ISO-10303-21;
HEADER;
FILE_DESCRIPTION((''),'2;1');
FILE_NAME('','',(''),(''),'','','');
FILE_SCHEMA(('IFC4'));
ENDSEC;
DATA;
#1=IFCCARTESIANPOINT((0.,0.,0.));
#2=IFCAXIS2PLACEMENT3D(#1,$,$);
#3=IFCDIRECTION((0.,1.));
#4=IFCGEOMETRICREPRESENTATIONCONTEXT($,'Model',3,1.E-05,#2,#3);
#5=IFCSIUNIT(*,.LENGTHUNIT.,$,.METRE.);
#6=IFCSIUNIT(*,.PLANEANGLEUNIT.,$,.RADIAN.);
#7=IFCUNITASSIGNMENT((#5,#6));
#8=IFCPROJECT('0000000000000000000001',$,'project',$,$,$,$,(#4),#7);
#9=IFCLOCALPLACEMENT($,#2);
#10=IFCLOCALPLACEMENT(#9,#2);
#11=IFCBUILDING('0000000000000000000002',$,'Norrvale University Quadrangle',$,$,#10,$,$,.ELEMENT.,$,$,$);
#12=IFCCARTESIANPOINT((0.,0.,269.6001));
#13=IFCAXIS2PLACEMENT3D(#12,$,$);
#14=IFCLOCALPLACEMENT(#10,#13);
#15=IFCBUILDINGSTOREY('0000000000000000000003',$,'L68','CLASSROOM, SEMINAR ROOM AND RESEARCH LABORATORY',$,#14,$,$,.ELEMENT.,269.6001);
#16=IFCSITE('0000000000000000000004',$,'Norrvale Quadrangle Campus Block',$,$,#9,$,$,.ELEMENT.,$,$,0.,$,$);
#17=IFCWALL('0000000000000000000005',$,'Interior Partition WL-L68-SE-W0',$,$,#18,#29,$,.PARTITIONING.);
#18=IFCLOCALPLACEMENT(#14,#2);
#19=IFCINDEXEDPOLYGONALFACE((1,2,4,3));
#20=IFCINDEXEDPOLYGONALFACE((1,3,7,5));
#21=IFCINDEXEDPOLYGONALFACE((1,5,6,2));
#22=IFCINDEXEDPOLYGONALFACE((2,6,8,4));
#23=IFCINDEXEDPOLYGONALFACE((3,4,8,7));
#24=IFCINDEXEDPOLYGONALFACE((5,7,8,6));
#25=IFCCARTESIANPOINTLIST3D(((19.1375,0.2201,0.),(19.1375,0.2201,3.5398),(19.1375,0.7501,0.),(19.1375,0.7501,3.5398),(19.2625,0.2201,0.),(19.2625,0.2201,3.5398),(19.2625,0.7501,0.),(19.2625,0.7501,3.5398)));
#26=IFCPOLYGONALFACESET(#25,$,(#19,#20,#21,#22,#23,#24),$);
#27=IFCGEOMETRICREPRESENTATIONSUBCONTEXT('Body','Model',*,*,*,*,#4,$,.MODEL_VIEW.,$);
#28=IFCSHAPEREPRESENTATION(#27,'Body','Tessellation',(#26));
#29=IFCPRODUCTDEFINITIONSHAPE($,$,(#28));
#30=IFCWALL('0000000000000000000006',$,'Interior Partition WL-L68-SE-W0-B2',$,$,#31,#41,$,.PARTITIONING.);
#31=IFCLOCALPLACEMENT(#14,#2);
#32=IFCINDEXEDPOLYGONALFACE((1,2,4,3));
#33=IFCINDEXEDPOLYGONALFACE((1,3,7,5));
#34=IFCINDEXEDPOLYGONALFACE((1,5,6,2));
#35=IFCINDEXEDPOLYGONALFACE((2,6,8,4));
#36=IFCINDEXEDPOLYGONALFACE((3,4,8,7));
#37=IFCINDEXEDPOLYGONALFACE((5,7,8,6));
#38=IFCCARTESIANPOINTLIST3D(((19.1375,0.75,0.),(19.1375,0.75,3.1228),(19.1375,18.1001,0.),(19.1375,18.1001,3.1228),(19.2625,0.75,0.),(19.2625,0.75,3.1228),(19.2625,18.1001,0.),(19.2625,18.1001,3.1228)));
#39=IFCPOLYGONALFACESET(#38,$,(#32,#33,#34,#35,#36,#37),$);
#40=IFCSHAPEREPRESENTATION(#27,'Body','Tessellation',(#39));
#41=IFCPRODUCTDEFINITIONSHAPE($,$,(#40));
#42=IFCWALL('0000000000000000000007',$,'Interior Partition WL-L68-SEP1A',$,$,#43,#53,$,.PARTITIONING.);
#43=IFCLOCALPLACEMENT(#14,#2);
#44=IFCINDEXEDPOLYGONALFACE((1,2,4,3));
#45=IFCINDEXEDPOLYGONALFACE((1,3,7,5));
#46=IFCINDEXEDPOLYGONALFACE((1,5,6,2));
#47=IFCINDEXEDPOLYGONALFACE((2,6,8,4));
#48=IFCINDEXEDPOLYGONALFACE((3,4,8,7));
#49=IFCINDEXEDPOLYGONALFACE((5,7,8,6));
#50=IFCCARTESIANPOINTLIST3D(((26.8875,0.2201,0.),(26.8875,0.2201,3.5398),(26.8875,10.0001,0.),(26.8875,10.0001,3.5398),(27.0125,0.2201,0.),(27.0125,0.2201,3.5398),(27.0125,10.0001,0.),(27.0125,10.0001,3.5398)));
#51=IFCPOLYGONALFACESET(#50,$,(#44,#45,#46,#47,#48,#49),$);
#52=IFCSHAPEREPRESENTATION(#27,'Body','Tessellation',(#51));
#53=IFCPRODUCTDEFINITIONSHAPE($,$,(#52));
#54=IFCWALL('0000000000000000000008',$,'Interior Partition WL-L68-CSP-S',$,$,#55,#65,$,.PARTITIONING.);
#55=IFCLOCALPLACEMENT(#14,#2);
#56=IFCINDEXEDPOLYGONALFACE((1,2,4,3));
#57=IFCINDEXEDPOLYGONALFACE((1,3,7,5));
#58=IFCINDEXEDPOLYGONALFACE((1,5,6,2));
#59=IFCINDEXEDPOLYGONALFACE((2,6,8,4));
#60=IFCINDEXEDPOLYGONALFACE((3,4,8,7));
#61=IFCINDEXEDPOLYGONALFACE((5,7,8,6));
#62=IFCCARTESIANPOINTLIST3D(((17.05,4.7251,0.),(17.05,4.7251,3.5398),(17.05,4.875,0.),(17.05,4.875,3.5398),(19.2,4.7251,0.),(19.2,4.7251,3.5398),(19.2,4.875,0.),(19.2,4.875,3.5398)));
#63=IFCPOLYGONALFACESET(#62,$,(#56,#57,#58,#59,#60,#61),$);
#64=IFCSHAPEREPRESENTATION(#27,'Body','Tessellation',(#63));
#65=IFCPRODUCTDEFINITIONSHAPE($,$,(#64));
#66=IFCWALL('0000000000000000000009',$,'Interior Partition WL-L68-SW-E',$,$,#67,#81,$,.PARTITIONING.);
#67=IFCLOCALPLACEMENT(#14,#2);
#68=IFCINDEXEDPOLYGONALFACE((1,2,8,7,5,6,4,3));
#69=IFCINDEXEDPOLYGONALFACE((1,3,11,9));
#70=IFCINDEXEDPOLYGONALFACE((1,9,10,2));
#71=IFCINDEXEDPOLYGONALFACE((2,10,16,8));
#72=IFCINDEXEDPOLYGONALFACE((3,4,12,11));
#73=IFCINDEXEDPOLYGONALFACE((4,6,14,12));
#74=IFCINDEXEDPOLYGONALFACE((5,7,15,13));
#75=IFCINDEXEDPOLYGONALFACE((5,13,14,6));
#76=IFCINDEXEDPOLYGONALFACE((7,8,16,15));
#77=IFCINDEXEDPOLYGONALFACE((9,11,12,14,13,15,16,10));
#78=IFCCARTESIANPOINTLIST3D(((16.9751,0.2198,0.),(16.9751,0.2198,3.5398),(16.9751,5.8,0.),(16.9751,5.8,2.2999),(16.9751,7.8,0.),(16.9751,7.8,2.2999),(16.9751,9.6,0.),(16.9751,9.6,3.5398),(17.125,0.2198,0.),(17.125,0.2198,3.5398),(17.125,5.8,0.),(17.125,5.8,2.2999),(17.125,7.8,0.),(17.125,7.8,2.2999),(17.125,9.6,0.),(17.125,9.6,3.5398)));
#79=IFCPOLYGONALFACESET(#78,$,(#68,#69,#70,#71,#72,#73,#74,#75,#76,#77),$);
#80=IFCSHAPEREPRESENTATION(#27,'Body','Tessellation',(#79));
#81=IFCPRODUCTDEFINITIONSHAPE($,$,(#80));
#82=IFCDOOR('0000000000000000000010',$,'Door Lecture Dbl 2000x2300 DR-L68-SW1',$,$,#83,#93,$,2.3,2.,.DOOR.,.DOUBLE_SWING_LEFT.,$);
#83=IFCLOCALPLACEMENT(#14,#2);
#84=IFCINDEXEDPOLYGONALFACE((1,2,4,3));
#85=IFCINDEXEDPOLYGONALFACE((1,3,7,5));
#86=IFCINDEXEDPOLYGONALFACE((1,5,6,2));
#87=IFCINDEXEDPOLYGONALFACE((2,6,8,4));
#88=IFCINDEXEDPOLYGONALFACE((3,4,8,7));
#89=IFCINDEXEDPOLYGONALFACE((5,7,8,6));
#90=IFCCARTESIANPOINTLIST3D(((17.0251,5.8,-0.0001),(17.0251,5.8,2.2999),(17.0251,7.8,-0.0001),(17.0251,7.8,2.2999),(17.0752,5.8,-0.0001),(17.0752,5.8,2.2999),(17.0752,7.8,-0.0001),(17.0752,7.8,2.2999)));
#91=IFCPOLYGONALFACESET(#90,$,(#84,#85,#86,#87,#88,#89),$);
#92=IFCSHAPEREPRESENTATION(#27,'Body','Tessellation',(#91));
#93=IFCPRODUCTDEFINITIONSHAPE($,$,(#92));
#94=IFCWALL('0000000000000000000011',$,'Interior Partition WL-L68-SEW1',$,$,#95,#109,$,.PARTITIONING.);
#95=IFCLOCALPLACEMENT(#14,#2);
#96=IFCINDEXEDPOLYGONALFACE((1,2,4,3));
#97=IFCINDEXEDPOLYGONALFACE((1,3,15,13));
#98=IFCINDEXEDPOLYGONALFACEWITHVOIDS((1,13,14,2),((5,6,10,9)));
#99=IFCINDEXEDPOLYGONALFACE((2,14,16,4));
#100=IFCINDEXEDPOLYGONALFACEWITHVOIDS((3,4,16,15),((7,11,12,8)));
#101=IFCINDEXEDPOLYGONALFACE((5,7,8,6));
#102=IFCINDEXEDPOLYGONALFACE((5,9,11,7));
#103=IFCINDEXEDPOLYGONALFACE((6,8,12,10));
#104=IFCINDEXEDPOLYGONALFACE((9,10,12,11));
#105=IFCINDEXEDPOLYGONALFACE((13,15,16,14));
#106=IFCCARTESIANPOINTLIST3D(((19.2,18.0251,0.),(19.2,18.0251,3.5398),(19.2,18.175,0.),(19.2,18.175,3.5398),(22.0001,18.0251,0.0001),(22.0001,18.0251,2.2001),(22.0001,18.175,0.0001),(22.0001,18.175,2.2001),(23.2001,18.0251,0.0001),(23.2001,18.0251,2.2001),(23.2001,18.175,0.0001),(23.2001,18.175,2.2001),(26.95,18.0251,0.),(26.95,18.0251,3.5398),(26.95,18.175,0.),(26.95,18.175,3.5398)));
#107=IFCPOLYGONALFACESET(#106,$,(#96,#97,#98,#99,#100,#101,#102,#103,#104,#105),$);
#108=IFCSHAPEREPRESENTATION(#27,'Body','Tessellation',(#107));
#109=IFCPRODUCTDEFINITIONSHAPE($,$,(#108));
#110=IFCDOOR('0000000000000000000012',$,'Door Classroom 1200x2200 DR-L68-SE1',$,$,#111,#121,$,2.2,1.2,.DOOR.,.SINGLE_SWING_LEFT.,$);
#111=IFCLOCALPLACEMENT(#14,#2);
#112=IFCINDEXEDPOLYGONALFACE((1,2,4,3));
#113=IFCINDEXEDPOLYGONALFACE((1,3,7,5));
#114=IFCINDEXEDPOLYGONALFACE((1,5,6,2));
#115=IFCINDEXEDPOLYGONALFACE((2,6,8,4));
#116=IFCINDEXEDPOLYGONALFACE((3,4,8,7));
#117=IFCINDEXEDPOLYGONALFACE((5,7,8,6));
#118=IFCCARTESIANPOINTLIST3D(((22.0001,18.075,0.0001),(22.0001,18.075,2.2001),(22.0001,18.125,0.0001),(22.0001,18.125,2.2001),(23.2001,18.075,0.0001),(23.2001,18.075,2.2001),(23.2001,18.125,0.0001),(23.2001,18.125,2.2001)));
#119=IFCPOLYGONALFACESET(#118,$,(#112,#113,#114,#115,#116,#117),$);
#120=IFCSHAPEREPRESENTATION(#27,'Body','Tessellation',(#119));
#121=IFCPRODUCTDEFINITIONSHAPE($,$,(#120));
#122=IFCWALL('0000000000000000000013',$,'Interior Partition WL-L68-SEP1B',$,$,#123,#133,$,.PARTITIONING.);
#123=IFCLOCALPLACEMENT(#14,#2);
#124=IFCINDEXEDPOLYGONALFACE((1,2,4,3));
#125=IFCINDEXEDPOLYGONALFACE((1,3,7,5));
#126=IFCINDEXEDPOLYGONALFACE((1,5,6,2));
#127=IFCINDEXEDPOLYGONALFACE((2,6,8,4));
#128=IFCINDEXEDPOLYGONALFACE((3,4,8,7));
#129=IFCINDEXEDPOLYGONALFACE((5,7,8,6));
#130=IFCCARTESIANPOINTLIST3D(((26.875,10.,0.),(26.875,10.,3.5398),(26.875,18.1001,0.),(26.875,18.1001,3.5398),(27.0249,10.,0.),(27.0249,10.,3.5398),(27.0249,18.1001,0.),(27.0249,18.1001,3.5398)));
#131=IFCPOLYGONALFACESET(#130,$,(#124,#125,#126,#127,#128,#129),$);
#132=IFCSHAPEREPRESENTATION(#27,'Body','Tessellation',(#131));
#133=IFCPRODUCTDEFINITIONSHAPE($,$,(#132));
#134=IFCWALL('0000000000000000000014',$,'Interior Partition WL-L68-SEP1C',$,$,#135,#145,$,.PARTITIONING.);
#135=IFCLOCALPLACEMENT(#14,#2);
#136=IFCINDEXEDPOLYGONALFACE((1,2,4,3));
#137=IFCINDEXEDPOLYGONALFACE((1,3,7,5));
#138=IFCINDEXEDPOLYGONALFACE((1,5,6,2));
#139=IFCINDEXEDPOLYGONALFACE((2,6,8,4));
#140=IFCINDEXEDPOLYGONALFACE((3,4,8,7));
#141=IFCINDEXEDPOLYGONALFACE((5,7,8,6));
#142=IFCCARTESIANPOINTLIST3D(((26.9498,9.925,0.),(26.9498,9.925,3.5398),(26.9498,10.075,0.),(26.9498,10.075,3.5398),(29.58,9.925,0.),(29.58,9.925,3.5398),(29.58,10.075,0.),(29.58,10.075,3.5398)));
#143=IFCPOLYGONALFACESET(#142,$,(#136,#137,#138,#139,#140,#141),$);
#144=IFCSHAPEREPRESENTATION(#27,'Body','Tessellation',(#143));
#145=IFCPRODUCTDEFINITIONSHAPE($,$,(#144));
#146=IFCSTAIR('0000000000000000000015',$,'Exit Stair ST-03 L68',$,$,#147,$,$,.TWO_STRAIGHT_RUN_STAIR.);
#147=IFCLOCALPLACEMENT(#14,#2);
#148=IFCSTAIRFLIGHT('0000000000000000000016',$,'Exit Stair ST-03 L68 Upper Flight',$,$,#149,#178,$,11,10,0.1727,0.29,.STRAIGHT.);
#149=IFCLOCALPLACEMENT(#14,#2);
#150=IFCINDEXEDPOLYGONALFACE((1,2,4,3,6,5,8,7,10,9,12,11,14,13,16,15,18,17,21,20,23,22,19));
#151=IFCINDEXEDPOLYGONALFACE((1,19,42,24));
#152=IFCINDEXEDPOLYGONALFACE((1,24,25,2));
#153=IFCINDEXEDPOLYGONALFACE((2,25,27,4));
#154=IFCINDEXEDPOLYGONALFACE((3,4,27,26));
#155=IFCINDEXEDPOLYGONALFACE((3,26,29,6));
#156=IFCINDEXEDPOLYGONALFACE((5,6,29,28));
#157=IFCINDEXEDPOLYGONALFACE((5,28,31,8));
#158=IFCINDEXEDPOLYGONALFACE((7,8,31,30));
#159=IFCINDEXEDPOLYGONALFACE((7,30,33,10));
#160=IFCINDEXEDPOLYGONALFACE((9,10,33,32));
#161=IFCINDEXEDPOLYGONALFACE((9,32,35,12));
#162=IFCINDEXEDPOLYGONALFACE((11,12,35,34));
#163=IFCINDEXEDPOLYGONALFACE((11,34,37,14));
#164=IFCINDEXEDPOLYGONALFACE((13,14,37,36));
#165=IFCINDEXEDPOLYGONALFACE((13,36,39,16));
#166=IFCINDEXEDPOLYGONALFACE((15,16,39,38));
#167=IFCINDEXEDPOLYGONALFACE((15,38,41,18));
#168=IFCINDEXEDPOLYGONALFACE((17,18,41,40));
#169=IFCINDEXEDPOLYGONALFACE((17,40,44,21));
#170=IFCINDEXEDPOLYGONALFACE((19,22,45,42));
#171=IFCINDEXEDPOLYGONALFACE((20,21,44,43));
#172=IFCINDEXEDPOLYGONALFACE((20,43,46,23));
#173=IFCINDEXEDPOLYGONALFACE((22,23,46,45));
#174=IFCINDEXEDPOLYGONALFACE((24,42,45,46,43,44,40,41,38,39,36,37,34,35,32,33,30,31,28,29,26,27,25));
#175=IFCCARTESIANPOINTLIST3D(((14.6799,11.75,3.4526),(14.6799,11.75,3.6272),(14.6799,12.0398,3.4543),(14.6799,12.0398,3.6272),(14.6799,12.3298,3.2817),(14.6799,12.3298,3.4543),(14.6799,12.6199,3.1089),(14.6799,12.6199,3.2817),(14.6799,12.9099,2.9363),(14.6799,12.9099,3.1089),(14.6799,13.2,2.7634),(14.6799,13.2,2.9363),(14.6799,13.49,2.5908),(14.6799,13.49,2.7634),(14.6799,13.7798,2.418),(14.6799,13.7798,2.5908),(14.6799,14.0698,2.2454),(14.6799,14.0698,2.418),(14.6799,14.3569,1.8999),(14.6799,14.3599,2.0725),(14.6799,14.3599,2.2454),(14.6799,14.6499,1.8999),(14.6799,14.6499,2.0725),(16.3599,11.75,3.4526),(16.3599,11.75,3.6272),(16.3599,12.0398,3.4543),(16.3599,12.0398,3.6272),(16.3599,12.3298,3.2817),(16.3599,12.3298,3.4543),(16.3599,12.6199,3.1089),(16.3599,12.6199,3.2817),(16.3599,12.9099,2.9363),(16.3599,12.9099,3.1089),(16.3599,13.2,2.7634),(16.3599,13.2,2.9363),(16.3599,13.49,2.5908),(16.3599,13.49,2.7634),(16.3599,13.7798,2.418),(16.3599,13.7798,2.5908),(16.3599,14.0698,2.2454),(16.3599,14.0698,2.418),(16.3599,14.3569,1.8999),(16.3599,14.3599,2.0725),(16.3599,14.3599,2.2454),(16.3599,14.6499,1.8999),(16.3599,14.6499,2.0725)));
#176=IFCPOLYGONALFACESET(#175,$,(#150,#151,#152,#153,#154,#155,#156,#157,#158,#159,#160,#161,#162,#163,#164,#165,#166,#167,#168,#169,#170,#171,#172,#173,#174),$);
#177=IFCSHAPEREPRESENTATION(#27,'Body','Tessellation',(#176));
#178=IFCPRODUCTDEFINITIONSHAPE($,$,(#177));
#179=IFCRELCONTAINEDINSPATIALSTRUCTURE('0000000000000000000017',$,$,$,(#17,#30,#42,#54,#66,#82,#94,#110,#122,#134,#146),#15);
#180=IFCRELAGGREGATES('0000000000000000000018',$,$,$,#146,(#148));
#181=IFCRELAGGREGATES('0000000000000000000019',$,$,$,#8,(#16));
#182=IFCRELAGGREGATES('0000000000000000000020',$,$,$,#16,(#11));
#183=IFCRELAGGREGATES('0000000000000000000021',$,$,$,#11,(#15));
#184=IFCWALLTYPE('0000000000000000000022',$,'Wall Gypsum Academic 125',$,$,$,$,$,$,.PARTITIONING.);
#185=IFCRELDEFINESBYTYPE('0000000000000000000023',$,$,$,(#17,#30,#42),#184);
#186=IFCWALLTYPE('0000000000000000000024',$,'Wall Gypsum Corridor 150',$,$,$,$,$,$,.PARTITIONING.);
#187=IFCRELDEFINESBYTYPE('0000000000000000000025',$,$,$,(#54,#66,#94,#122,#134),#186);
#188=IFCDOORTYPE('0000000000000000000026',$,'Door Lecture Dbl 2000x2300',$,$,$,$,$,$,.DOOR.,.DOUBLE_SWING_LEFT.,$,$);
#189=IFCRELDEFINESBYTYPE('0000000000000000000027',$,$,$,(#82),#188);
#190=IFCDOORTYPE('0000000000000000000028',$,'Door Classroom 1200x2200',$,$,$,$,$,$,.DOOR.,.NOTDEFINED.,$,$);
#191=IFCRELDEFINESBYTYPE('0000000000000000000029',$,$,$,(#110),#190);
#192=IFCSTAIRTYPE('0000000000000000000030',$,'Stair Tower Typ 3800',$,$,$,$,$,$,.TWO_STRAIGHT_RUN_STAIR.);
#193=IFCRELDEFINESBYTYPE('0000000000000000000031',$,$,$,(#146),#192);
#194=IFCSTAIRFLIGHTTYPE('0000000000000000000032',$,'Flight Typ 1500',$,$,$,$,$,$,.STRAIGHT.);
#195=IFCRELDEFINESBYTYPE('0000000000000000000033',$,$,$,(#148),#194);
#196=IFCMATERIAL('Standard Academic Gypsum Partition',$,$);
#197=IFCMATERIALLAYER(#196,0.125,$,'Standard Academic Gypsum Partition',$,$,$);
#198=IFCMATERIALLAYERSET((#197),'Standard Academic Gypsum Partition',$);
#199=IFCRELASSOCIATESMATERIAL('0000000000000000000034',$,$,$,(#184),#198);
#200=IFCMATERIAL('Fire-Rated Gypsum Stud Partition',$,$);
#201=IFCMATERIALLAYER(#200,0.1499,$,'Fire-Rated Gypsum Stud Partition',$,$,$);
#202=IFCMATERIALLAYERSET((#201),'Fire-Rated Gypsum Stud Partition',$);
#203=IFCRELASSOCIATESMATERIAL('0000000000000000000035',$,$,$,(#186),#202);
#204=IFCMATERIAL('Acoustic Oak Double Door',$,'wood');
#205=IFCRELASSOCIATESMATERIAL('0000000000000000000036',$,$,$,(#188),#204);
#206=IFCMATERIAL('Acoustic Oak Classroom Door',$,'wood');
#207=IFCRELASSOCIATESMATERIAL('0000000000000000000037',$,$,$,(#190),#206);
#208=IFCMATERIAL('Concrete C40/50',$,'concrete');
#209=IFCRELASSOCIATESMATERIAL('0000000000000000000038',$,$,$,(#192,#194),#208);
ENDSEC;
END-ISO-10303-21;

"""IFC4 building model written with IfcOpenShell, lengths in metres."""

from ifc_helpers import new_model, si_unit, direction, frame, frame_2d, origin, place, context, subcontext, project, spatial, polyline, rectangle, outline, extrude, material, layer, layer_set, type_object, element, fill, aggregate, save


model = new_model("IFC4")

# Units and contexts
model_context = context("Model", 3, precision=1e-05, world=origin(), true_north=direction((0.0, 1.0)))
body_context = subcontext(model_context, "Body", "Model", "MODEL_VIEW")
ifc_project = project(units=[si_unit("LENGTHUNIT", "METRE"), si_unit("PLANEANGLEUNIT", "RADIAN")], contexts=[model_context])

# Site, building, storey
site_placement = place(None, origin())
site = spatial("IfcSite", under=ifc_project, at=site_placement, Name="Norrvale Quadrangle Campus Block", CompositionType="ELEMENT", RefElevation=0.0)
building_placement = place(site_placement, origin())
building = spatial("IfcBuilding", under=site, at=building_placement, Name="Norrvale University Quadrangle", CompositionType="ELEMENT")
storey_placement = place(building_placement, frame((0.0, 0.0, 269.6001)))
storey = spatial("IfcBuildingStorey", under=building, at=storey_placement, Name="L68", Description="CLASSROOM, SEMINAR ROOM AND RESEARCH LABORATORY", CompositionType="ELEMENT", Elevation=269.6001)

# Walls
ifc_material_1 = material(Name="Standard Academic Gypsum Partition")
ifc_layer_1 = layer(ifc_material_1, 0.125, Name="Standard Academic Gypsum Partition")
ifc_layer_set_1 = layer_set([ifc_layer_1], Name="Standard Academic Gypsum Partition")
wall_type_1 = type_object("IfcWallType", Name="Wall Gypsum Academic 125", PredefinedType="PARTITIONING", material=ifc_layer_set_1)
wall_1_placement = place(storey_placement, frame((19.2, 0.22, 0.0), z_axis=(0.0, 0.0, 1.0), x_axis=(0.0, 1.0, 0.0)))
element("IfcWall", 1, at=wall_1_placement, inside=storey, type_object=wall_type_1, Name="Interior Partition WL-L68-SE-W0", PredefinedType="PARTITIONING", context=body_context, shape_type="SweptSolid", body=[
    extrude(rectangle(XDim=0.53, YDim=0.125, at=frame_2d((0.2651, 0.0))), origin(), (0.0, 0.0, 1.0), 3.5398),
])
wall_2_placement = place(storey_placement, frame((19.2, 0.75, 0.0), z_axis=(0.0, 0.0, 1.0), x_axis=(0.0, 1.0, 0.0)))
element("IfcWall", 2, at=wall_2_placement, inside=storey, type_object=wall_type_1, Name="Interior Partition WL-L68-SE-W0-B2", PredefinedType="PARTITIONING", context=body_context, shape_type="SweptSolid", body=[
    extrude(rectangle(XDim=17.3501, YDim=0.125, at=frame_2d((8.675, 0.0))), origin(), (0.0, 0.0, 1.0), 3.1228),
])
wall_3_placement = place(storey_placement, frame((26.95, 0.22, 0.0), z_axis=(0.0, 0.0, 1.0), x_axis=(0.0, 1.0, 0.0)))
element("IfcWall", 3, at=wall_3_placement, inside=storey, type_object=wall_type_1, Name="Interior Partition WL-L68-SEP1A", PredefinedType="PARTITIONING", context=body_context, shape_type="SweptSolid", body=[
    extrude(rectangle(XDim=9.78, YDim=0.125, at=frame_2d((4.8901, 0.0))), origin(), (0.0, 0.0, 1.0), 3.5398),
])
ifc_material_2 = material(Name="Fire-Rated Gypsum Stud Partition")
ifc_layer_2 = layer(ifc_material_2, 0.1499, Name="Fire-Rated Gypsum Stud Partition")
ifc_layer_set_2 = layer_set([ifc_layer_2], Name="Fire-Rated Gypsum Stud Partition")
wall_type_2 = type_object("IfcWallType", Name="Wall Gypsum Corridor 150", PredefinedType="PARTITIONING", material=ifc_layer_set_2)
wall_4_placement = place(storey_placement, frame((17.05, 4.8, 0.0), z_axis=(0.0, 0.0, 1.0), x_axis=(1.0, 0.0, 0.0)))
element("IfcWall", 4, at=wall_4_placement, inside=storey, type_object=wall_type_2, Name="Interior Partition WL-L68-CSP-S", PredefinedType="PARTITIONING", context=body_context, shape_type="SweptSolid", body=[
    extrude(rectangle(XDim=2.1499, YDim=0.1499, at=frame_2d((1.075, 0.0))), origin(), (0.0, 0.0, 1.0), 3.5398),
])

# Walls, openings, doors
wall_5_placement = place(storey_placement, frame((17.05, 0.22, 0.0), z_axis=(0.0, 0.0, 1.0), x_axis=(0.0, 1.0, 0.0)))
wall_5 = element("IfcWall", 5, at=wall_5_placement, inside=storey, type_object=wall_type_2, Name="Interior Partition WL-L68-SW-E", PredefinedType="PARTITIONING", context=body_context, shape_type="SweptSolid", body=[
    extrude(rectangle(XDim=9.3801, YDim=0.1499, at=frame_2d((4.6899, 0.0))), origin(), (0.0, 0.0, 1.0), 3.5398),
])
opening_1_placement = place(wall_5_placement, frame((5.5801, 0.0, 0.0)))
opening_1 = element("IfcOpeningElement", 6, at=opening_1_placement, cuts=wall_5, PredefinedType="OPENING", context=body_context, shape_type="SweptSolid", body=[
    extrude(rectangle(XDim=2.0, YDim=2.3, at=frame_2d((1.0, 1.1499))), frame((0.0, 0.0869, 0.0), z_axis=(0.0, -1.0, 0.0), x_axis=(1.0, 0.0, 0.0)), (0.0, 0.0, 1.0), 0.1738),
])
ifc_material_3 = material(Name="Acoustic Oak Double Door", Category="wood")
door_type_1 = type_object("IfcDoorType", Name="Door Lecture Dbl 2000x2300", OperationType="DOUBLE_SWING_LEFT", PredefinedType="DOOR", material=ifc_material_3)
door_1_placement = place(opening_1_placement, origin())
door_1 = element("IfcDoor", 7, at=door_1_placement, inside=storey, type_object=door_type_1, Name="Door Lecture Dbl 2000x2300 DR-L68-SW1", OperationType="DOUBLE_SWING_LEFT", OverallHeight=2.3, OverallWidth=2.0, PredefinedType="DOOR", context=body_context, shape_type="SweptSolid", body=[
    extrude(rectangle(XDim=2.0, YDim=2.3, at=frame_2d((1.0, 1.1499))), frame((0.0, 0.0249, 0.0), z_axis=(0.0, -1.0, 0.0), x_axis=(1.0, 0.0, 0.0)), (0.0, 0.0, 1.0), 0.05),
])
fill(opening_1, door_1)
wall_6_placement = place(storey_placement, frame((19.2, 18.1001, 0.0), z_axis=(0.0, 0.0, 1.0), x_axis=(1.0, 0.0, 0.0)))
wall_6 = element("IfcWall", 8, at=wall_6_placement, inside=storey, type_object=wall_type_2, Name="Interior Partition WL-L68-SEW1", PredefinedType="PARTITIONING", context=body_context, shape_type="SweptSolid", body=[
    extrude(rectangle(XDim=7.75, YDim=0.1499, at=frame_2d((3.875, 0.0))), origin(), (0.0, 0.0, 1.0), 3.5398),
])
opening_2_placement = place(wall_6_placement, frame((2.8, 0.0, 0.0)))
opening_2 = element("IfcOpeningElement", 9, at=opening_2_placement, cuts=wall_6, PredefinedType="OPENING", context=body_context, shape_type="SweptSolid", body=[
    extrude(rectangle(XDim=1.2, YDim=2.2, at=frame_2d((0.6001, 1.1001))), frame((0.0, 0.0869, 0.0), z_axis=(0.0, -1.0, 0.0), x_axis=(1.0, 0.0, 0.0)), (0.0, 0.0, 1.0), 0.1738),
])
ifc_material_4 = material(Name="Acoustic Oak Classroom Door", Category="wood")
door_type_2 = type_object("IfcDoorType", Name="Door Classroom 1200x2200", OperationType="NOTDEFINED", PredefinedType="DOOR", material=ifc_material_4)
door_2_placement = place(opening_2_placement, origin())
door_2 = element("IfcDoor", 10, at=door_2_placement, inside=storey, type_object=door_type_2, Name="Door Classroom 1200x2200 DR-L68-SE1", OperationType="SINGLE_SWING_LEFT", OverallHeight=2.2, OverallWidth=1.2, PredefinedType="DOOR", context=body_context, shape_type="SweptSolid", body=[
    extrude(rectangle(XDim=1.2, YDim=2.2, at=frame_2d((0.6001, 1.1001))), frame((0.0, 0.0249, 0.0), z_axis=(0.0, -1.0, 0.0), x_axis=(1.0, 0.0, 0.0)), (0.0, 0.0, 1.0), 0.05),
])
fill(opening_2, door_2)

# Walls
wall_7_placement = place(storey_placement, frame((26.95, 10.0, 0.0), z_axis=(0.0, 0.0, 1.0), x_axis=(0.0, 1.0, 0.0)))
element("IfcWall", 11, at=wall_7_placement, inside=storey, type_object=wall_type_2, Name="Interior Partition WL-L68-SEP1B", PredefinedType="PARTITIONING", context=body_context, shape_type="SweptSolid", body=[
    extrude(rectangle(XDim=8.1001, YDim=0.1499, at=frame_2d((4.05, 0.0))), origin(), (0.0, 0.0, 1.0), 3.5398),
])
wall_8_placement = place(storey_placement, frame((26.95, 10.0, 0.0), z_axis=(0.0, 0.0, 1.0), x_axis=(1.0, 0.0, 0.0)))
element("IfcWall", 12, at=wall_8_placement, inside=storey, type_object=wall_type_2, Name="Interior Partition WL-L68-SEP1C", PredefinedType="PARTITIONING", context=body_context, shape_type="SweptSolid", body=[
    extrude(rectangle(XDim=2.6301, YDim=0.1499, at=frame_2d((1.3149, 0.0))), origin(), (0.0, 0.0, 1.0), 3.5398),
])

# Stair, stair flight
ifc_material_5 = material(Name="Concrete C40/50", Category="concrete")
stair_type = type_object("IfcStairType", Name="Stair Tower Typ 3800", PredefinedType="TWO_STRAIGHT_RUN_STAIR", material=ifc_material_5)
stair_placement = place(storey_placement, origin())
stair = element("IfcStair", 13, at=stair_placement, inside=storey, type_object=stair_type, Name="Exit Stair ST-03 L68", PredefinedType="TWO_STRAIGHT_RUN_STAIR")
stair_flight_type = type_object("IfcStairFlightType", Name="Flight Typ 1500", PredefinedType="STRAIGHT", material=ifc_material_5)
stair_flight_placement = place(storey_placement, frame((15.52, 14.6499, 1.8999), z_axis=(0.0, 0.0, 1.0), x_axis=(0.0, -1.0, 0.0)))
stair_flight = element("IfcStairFlight", 14, at=stair_flight_placement, type_object=stair_flight_type, Name="Exit Stair ST-03 L68 Upper Flight", NumberOfRisers=11, NumberOfTreads=10, PredefinedType="STRAIGHT", RiserHeight=0.1727, TreadLength=0.29, context=body_context, shape_type="SweptSolid", body=[
    extrude(outline(polyline([(0.0, 0.0), (0.0, 0.1726), (0.29, 0.1726), (0.29, 0.3455), (0.5801, 0.3455), (0.5801, 0.5181), (0.8701, 0.5181), (0.8701, 0.6909), (1.1599, 0.6909), (1.1599, 0.8635), (1.45, 0.8635), (1.45, 1.0364), (1.74, 1.0364), (1.74, 1.209), (2.03, 1.209), (2.03, 1.3818), (2.3201, 1.3818), (2.3201, 1.5544), (2.6101, 1.5544), (2.6101, 1.7273), (2.8999, 1.7273), (2.8999, 1.8999), (2.8999, 1.5527), (0.293, 0.0), (0.0, 0.0)])), frame((0.0, 0.8398, 0.0), z_axis=(0.0, -1.0, 0.0), x_axis=(1.0, 0.0, 0.0)), (0.0, 0.0, 1.0), 1.6799),
])
aggregate(stair, [stair_flight])

save(model, "model.ifc")
